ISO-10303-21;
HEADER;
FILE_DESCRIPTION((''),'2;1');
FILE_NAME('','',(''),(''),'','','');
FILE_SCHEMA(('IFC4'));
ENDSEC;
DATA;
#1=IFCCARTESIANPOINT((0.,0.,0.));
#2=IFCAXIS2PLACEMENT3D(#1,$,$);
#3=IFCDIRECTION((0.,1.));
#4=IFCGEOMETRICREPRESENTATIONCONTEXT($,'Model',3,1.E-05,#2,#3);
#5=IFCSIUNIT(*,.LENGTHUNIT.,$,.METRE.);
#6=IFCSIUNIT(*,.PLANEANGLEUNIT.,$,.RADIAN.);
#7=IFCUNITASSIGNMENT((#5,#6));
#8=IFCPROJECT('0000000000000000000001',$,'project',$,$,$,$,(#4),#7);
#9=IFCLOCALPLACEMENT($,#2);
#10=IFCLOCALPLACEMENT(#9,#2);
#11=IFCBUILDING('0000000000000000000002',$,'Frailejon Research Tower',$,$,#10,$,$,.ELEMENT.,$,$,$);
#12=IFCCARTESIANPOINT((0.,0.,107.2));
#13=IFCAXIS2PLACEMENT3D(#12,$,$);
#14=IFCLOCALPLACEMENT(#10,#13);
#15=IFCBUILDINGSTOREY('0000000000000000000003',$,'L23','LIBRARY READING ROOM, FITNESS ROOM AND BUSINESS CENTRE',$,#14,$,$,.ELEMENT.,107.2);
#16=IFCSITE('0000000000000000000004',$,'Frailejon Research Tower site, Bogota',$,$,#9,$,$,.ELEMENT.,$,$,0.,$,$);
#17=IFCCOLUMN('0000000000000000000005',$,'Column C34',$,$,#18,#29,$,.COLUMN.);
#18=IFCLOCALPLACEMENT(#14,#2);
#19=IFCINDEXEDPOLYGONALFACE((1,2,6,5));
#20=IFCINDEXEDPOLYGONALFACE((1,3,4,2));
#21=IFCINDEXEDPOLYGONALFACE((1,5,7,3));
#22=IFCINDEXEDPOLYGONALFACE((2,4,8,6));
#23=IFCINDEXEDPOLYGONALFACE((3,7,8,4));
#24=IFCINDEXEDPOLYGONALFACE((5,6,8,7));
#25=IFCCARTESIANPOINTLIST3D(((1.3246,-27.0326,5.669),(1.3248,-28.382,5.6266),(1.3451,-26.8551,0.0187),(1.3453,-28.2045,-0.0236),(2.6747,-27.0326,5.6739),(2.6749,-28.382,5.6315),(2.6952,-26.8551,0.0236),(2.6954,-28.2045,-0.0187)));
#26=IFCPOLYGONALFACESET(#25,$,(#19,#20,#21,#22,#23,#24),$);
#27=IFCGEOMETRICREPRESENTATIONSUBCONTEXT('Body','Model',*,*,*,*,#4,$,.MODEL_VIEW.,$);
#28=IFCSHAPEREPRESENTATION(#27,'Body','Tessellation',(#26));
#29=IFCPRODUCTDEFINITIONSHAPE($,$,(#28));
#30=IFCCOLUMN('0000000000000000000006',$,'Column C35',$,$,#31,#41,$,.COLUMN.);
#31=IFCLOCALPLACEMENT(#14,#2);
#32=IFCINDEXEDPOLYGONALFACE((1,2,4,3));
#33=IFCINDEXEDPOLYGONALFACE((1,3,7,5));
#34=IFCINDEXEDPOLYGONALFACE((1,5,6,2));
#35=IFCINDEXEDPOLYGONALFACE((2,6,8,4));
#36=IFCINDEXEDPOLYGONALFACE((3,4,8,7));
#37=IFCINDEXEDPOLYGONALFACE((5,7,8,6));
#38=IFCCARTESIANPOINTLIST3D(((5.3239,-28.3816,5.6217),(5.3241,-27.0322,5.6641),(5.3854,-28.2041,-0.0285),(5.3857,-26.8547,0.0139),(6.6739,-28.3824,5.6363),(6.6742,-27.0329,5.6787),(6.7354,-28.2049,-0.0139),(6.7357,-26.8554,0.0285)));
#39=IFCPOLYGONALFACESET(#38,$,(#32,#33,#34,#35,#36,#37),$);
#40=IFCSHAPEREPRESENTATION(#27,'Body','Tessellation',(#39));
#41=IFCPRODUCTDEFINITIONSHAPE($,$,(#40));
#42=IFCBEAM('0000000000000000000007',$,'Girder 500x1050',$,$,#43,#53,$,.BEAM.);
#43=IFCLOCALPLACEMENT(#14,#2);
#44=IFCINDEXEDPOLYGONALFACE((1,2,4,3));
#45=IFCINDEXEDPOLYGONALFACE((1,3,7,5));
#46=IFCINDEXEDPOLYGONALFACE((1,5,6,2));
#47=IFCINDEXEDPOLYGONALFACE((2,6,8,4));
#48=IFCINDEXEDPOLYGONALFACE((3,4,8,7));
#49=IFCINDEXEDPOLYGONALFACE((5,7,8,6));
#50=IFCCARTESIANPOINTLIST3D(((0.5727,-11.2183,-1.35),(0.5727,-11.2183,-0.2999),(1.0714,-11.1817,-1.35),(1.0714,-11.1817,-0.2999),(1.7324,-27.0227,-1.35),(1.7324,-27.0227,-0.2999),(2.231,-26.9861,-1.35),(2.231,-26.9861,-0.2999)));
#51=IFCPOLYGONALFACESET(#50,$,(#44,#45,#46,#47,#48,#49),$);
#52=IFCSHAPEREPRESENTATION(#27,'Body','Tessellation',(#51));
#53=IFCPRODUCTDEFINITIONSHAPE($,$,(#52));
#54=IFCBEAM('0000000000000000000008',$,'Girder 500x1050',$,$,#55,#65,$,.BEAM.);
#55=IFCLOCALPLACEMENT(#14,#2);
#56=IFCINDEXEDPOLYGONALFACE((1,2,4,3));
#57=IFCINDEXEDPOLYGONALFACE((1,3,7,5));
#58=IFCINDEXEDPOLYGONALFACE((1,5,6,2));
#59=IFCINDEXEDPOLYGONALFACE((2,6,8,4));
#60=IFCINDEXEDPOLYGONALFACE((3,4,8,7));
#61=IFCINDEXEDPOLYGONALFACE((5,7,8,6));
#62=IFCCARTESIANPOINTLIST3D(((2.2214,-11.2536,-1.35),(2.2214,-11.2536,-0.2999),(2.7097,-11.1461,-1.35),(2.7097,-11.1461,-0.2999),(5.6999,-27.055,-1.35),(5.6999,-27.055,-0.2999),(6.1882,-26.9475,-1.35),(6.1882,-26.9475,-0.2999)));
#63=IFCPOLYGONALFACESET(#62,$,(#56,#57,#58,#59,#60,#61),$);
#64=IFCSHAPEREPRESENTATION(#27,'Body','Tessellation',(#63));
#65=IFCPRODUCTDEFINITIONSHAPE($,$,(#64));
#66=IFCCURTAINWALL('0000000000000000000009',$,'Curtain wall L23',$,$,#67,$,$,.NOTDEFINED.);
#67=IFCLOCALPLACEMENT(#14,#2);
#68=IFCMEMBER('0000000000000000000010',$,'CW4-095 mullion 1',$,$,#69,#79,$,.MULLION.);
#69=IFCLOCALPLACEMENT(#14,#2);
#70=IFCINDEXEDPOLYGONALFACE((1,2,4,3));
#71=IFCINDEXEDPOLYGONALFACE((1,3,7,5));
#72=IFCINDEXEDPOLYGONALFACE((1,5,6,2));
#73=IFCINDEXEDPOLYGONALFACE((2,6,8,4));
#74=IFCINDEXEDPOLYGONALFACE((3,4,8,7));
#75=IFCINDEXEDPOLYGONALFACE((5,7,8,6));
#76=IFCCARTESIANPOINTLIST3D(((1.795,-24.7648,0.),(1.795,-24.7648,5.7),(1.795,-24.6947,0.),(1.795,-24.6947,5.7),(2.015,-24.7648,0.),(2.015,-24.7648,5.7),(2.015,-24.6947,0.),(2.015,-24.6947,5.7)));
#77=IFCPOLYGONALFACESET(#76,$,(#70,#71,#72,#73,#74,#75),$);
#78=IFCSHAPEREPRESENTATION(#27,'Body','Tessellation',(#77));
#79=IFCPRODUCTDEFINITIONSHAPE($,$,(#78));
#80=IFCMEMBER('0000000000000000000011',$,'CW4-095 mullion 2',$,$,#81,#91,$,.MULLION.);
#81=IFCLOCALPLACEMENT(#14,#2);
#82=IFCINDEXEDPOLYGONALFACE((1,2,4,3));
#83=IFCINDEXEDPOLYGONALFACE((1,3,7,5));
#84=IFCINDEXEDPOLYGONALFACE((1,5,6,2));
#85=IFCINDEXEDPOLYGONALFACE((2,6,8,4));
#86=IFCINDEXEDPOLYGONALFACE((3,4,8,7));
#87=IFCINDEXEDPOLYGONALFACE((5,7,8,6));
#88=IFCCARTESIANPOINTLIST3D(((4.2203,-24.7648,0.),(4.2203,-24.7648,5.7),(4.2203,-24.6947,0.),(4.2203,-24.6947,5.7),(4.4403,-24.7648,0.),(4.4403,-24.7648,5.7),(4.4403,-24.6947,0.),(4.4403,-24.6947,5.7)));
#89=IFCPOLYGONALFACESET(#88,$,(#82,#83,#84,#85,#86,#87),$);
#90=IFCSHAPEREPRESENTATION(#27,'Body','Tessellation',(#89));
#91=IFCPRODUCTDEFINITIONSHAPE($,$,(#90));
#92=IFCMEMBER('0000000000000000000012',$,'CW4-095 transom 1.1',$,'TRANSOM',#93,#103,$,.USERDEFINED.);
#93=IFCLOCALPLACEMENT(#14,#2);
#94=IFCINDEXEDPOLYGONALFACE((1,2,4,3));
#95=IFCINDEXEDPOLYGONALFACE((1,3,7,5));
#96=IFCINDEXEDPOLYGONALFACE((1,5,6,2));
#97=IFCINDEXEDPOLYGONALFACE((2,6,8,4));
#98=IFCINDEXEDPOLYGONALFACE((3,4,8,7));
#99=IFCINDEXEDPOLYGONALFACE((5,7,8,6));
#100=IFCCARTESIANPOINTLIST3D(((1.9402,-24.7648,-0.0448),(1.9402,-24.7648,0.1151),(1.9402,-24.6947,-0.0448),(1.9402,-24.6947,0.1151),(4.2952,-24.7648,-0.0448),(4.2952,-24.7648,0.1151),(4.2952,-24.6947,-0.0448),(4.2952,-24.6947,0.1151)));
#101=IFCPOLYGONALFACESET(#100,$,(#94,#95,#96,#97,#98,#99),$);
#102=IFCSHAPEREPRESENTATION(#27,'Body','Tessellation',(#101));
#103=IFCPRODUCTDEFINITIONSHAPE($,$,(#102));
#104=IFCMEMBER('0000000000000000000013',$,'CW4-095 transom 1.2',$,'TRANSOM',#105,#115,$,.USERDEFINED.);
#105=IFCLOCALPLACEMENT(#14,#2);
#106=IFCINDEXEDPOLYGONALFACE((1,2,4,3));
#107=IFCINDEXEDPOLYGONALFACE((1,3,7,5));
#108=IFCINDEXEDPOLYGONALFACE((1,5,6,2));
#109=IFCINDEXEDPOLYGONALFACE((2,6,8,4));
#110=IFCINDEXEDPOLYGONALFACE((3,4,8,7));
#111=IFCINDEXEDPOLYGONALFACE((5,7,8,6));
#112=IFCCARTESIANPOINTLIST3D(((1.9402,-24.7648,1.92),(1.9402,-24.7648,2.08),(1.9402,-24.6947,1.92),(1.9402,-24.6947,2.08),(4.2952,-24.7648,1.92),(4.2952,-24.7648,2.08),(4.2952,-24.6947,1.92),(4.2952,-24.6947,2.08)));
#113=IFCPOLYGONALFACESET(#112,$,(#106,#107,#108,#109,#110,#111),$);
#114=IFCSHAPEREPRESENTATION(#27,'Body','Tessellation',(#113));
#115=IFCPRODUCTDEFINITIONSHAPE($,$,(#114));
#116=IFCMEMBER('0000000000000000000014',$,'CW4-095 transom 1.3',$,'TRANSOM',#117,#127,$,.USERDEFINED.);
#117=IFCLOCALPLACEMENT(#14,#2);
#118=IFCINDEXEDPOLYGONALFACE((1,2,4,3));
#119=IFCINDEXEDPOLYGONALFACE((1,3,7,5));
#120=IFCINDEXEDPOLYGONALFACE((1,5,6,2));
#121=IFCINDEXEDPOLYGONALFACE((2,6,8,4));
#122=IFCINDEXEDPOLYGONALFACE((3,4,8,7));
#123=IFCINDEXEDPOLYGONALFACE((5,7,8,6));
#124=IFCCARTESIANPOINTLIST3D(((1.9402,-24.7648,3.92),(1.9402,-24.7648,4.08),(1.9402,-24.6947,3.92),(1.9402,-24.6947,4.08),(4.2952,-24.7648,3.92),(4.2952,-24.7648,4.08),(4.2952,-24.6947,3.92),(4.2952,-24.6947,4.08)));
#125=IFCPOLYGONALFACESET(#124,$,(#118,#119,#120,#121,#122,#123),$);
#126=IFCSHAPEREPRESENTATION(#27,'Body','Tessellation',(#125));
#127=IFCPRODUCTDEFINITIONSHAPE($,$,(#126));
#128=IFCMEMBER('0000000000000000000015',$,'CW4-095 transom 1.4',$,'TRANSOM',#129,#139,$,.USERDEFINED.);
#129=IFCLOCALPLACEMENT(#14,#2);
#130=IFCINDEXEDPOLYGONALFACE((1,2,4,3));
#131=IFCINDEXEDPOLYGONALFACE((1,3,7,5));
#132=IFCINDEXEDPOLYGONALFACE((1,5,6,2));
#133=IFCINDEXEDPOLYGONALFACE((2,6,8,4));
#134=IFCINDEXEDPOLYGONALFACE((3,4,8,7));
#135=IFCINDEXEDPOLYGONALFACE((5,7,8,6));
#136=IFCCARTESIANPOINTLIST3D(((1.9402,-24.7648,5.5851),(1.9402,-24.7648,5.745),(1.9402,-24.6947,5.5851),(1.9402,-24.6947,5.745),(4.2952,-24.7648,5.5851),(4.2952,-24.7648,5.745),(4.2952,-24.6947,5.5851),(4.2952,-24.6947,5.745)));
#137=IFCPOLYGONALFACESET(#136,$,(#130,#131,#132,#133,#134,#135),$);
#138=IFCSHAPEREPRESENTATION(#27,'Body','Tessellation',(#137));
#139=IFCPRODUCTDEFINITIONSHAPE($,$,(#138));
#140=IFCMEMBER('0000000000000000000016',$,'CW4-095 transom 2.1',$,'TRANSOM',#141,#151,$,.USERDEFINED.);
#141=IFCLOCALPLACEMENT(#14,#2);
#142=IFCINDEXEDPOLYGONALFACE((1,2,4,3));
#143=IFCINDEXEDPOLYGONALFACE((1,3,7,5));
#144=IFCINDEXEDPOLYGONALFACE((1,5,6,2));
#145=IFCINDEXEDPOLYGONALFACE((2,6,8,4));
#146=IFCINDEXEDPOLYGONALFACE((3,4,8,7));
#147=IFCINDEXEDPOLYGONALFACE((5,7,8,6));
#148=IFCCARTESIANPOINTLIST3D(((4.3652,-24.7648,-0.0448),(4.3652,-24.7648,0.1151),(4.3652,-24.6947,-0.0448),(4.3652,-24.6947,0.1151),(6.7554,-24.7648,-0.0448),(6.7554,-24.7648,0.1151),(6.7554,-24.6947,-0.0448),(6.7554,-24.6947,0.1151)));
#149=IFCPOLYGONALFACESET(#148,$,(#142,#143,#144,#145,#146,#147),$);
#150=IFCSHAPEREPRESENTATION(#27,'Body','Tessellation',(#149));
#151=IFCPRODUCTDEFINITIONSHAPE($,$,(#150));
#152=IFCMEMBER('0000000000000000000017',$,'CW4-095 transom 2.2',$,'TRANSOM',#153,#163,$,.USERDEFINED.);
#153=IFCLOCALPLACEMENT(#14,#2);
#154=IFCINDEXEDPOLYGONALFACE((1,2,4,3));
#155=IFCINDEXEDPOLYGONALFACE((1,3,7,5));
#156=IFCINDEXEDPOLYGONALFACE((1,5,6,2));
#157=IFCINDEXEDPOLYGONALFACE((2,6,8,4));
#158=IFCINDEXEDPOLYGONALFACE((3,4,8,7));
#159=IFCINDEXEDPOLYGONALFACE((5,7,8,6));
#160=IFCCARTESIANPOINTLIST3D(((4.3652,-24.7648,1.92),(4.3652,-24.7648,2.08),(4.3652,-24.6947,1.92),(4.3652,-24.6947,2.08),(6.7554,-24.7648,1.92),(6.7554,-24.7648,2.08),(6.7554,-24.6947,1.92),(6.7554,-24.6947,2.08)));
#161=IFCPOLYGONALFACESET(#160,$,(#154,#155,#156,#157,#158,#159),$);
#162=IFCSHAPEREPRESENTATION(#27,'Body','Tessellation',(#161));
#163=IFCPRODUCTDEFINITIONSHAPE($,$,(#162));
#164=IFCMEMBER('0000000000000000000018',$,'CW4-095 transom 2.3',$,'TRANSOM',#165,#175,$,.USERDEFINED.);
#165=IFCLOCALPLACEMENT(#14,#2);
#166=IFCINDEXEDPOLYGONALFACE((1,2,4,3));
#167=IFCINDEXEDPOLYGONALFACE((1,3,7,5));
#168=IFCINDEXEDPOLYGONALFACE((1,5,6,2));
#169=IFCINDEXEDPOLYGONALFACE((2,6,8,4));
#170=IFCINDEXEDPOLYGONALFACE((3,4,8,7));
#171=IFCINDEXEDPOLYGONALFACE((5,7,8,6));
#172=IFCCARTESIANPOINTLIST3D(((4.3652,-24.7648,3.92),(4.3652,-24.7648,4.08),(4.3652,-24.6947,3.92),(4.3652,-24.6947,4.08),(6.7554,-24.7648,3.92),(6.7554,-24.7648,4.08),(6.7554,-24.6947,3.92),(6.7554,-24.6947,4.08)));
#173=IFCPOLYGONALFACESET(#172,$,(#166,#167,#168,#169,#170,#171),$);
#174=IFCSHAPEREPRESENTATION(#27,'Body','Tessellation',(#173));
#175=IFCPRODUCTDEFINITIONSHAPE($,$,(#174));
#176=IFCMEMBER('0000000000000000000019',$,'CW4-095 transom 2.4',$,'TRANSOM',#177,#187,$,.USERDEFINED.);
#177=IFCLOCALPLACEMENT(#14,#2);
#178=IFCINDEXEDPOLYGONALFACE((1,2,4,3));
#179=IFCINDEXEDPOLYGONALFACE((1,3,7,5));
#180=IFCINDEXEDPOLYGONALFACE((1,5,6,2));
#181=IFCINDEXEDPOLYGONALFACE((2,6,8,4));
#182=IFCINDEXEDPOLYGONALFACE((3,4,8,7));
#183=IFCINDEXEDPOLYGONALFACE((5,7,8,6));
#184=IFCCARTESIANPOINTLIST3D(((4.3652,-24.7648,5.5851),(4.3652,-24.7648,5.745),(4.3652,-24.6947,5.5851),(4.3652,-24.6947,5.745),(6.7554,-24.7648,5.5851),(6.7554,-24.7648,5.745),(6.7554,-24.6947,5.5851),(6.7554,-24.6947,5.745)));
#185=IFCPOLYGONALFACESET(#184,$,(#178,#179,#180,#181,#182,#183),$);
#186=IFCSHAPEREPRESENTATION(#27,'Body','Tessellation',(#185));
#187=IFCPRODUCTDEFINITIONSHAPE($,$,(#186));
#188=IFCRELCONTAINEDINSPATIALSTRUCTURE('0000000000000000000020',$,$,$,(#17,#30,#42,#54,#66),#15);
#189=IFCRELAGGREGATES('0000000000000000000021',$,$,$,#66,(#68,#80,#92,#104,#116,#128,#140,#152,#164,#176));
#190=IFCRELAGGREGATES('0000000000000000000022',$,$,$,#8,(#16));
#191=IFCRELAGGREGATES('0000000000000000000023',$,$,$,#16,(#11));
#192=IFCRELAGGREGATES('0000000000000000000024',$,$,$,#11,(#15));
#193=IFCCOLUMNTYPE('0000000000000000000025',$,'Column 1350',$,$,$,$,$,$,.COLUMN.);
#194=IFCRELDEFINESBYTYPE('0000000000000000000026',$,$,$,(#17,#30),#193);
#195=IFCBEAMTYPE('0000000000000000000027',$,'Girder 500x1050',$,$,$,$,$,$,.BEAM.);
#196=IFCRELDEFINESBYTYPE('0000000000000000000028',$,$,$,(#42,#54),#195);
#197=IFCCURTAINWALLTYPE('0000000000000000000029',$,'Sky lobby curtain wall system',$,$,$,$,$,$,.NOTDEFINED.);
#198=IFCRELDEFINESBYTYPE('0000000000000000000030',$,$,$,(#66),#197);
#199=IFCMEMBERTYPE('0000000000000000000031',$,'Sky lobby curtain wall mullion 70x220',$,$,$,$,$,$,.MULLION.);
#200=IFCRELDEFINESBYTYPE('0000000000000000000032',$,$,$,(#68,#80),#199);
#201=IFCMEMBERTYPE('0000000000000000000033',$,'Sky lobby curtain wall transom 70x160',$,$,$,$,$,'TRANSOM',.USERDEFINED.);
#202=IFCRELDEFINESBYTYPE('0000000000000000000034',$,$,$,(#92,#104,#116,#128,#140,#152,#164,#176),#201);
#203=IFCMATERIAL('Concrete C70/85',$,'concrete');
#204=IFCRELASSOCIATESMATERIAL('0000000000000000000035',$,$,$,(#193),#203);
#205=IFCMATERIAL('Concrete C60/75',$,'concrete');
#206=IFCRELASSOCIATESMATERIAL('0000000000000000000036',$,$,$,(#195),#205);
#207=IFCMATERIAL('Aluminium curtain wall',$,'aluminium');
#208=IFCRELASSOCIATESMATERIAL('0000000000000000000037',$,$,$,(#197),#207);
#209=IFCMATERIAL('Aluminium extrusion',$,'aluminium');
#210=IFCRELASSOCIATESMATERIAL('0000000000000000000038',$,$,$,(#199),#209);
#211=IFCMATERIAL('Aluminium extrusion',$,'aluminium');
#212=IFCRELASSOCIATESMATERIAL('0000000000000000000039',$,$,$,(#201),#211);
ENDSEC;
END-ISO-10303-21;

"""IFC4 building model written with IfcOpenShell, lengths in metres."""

from ifc_helpers import new_model, si_unit, direction, frame, origin, origin_2d, place, context, subcontext, project, spatial, rectangle, extrude, material, material_profile, profile_set, type_object, element, aggregate, save


model = new_model("IFC4")

# Units and contexts
model_context = context("Model", 3, precision=1e-05, world=origin(), true_north=direction((0.0, 1.0)))
body_context = subcontext(model_context, "Body", "Model", "MODEL_VIEW")
ifc_project = project(units=[si_unit("LENGTHUNIT", "METRE"), si_unit("PLANEANGLEUNIT", "RADIAN")], contexts=[model_context])

# Site, building, storey
site_placement = place(None, origin())
site = spatial("IfcSite", under=ifc_project, at=site_placement, Name="Frailejon Research Tower site, Bogota", CompositionType="ELEMENT", RefElevation=0.0)
building_placement = place(site_placement, origin())
building = spatial("IfcBuilding", under=site, at=building_placement, Name="Frailejon Research Tower", CompositionType="ELEMENT")
storey_placement = place(building_placement, frame((0.0, 0.0, 107.2)))
storey = spatial("IfcBuildingStorey", under=building, at=storey_placement, Name="L23", Description="LIBRARY READING ROOM, FITNESS ROOM AND BUSINESS CENTRE", CompositionType="ELEMENT", Elevation=107.2)

# Columns
ifc_material_1 = material(Name="Concrete C70/85", Category="concrete")
ifc_material_profile_1 = material_profile(ifc_material_1, rectangle(XDim=1.3501, YDim=1.3501, at=origin_2d()), Name="Column 1350")
ifc_profile_set_1 = profile_set([ifc_material_profile_1], Name="Concrete C70/85")
column_type = type_object("IfcColumnType", Name="Column 1350", PredefinedType="COLUMN", material=ifc_profile_set_1)
column_1_placement = place(storey_placement, frame((2.0203, -27.5298, 0.0), z_axis=(-0.003628, -0.031398, 0.9995), x_axis=(0.999993, -0.000008, 0.003629)))
element("IfcColumn", 1, at=column_1_placement, inside=storey, type_object=column_type, Name="Column C34", PredefinedType="COLUMN", context=body_context, shape_type="SweptSolid", body=[
    extrude(rectangle(XDim=1.3501, YDim=1.3501, at=origin_2d()), origin(), (0.0, 0.0, 1.0), 5.6531),
])
column_2_placement = place(storey_placement, frame((6.0605, -27.5298, 0.0), z_axis=(-0.010883, -0.031396, 0.999448), x_axis=(0.999941, -0.000529, 0.010872)))
element("IfcColumn", 2, at=column_2_placement, inside=storey, type_object=column_type, Name="Column C35", PredefinedType="COLUMN", context=body_context, shape_type="SweptSolid", body=[
    extrude(rectangle(XDim=1.3501, YDim=1.3501, at=origin_2d()), origin(), (0.0, 0.0, 1.0), 5.6533),
])

# Beams
ifc_material_2 = material(Name="Concrete C60/75", Category="concrete")
ifc_material_profile_2 = material_profile(ifc_material_2, rectangle(XDim=0.5, YDim=1.05, at=origin_2d()), Name="Girder 500x1050")
ifc_profile_set_2 = profile_set([ifc_material_profile_2], Name="Concrete C60/75")
beam_type_1 = type_object("IfcBeamType", Name="Girder 500x1050", PredefinedType="BEAM", material=ifc_profile_set_2)
beam_1_placement = place(storey_placement, frame((1.9817, -27.0044, -0.825), z_axis=(-0.073179, 0.997319, 0.0), x_axis=(-0.997319, -0.073179, 0.0)))
element("IfcBeam", 3, at=beam_1_placement, inside=storey, type_object=beam_type_1, Name="Girder 500x1050", PredefinedType="BEAM", context=body_context, shape_type="SweptSolid", body=[
    extrude(rectangle(XDim=0.5, YDim=1.05, at=origin_2d()), origin(), (0.0, 0.0, 1.0), 15.8469),
])
beam_2_placement = place(storey_placement, frame((5.9441, -27.0012, -0.825), z_axis=(-0.214994, 0.976615, 0.0), x_axis=(-0.976615, -0.214994, 0.0)))
element("IfcBeam", 4, at=beam_2_placement, inside=storey, type_object=beam_type_1, Name="Girder 500x1050", PredefinedType="BEAM", context=body_context, shape_type="SweptSolid", body=[
    extrude(rectangle(XDim=0.5, YDim=1.05, at=origin_2d()), origin(), (0.0, 0.0, 1.0), 16.1797),
])

# Curtain wall, members
ifc_material_3 = material(Name="Aluminium curtain wall", Category="aluminium")
curtain_wall_type = type_object("IfcCurtainWallType", Name="Sky lobby curtain wall system", PredefinedType="NOTDEFINED", material=ifc_material_3)
curtain_wall_placement = place(storey_placement, origin())
curtain_wall = element("IfcCurtainWall", 5, at=curtain_wall_placement, inside=storey, type_object=curtain_wall_type, Name="Curtain wall L23", PredefinedType="NOTDEFINED")
ifc_material_4 = material(Name="Aluminium extrusion", Category="aluminium")
ifc_material_profile_3 = material_profile(ifc_material_4, rectangle(XDim=0.0701, YDim=0.22, at=origin_2d()), Name="Sky lobby curtain wall mullion 70x220")
ifc_profile_set_3 = profile_set([ifc_material_profile_3], Name="Aluminium extrusion")
member_type_1 = type_object("IfcMemberType", Name="Sky lobby curtain wall mullion 70x220", PredefinedType="MULLION", material=ifc_profile_set_3)
member_1_placement = place(storey_placement, frame((1.905, -24.7297, 0.0), z_axis=(0.0, 0.0, 1.0), x_axis=(0.0, 1.0, 0.0)))
member_1 = element("IfcMember", 6, at=member_1_placement, type_object=member_type_1, Name="CW4-095 mullion 1", PredefinedType="MULLION", context=body_context, shape_type="SweptSolid", body=[
    extrude(rectangle(XDim=0.0701, YDim=0.22, at=origin_2d()), origin(), (0.0, 0.0, 1.0), 5.7),
])
member_2_placement = place(storey_placement, frame((4.3303, -24.7297, 0.0), z_axis=(0.0, 0.0, 1.0), x_axis=(0.0, 1.0, 0.0)))
member_2 = element("IfcMember", 7, at=member_2_placement, type_object=member_type_1, Name="CW4-095 mullion 2", PredefinedType="MULLION", context=body_context, shape_type="SweptSolid", body=[
    extrude(rectangle(XDim=0.0701, YDim=0.22, at=origin_2d()), origin(), (0.0, 0.0, 1.0), 5.7),
])
ifc_material_5 = material(Name="Aluminium extrusion", Category="aluminium")
ifc_material_profile_4 = material_profile(ifc_material_5, rectangle(XDim=0.0701, YDim=0.1599, at=origin_2d()), Name="Sky lobby curtain wall transom 70x160")
ifc_profile_set_4 = profile_set([ifc_material_profile_4], Name="Aluminium extrusion")
member_type_2 = type_object("IfcMemberType", Name="Sky lobby curtain wall transom 70x160", ElementType="TRANSOM", PredefinedType="USERDEFINED", material=ifc_profile_set_4)
member_3_placement = place(storey_placement, frame((1.9402, -24.7297, 0.0352), z_axis=(1.0, 0.0, 0.0), x_axis=(0.0, 1.0, 0.0)))
member_3 = element("IfcMember", 8, at=member_3_placement, type_object=member_type_2, Name="CW4-095 transom 1.1", ObjectType="TRANSOM", PredefinedType="USERDEFINED", context=body_context, shape_type="SweptSolid", body=[
    extrude(rectangle(XDim=0.0701, YDim=0.1599, at=origin_2d()), origin(), (0.0, 0.0, 1.0), 2.355),
])
member_4_placement = place(storey_placement, frame((1.9402, -24.7297, 2.0), z_axis=(1.0, 0.0, 0.0), x_axis=(0.0, 1.0, 0.0)))
member_4 = element("IfcMember", 9, at=member_4_placement, type_object=member_type_2, Name="CW4-095 transom 1.2", ObjectType="TRANSOM", PredefinedType="USERDEFINED", context=body_context, shape_type="SweptSolid", body=[
    extrude(rectangle(XDim=0.0701, YDim=0.1599, at=origin_2d()), origin(), (0.0, 0.0, 1.0), 2.355),
])
member_5_placement = place(storey_placement, frame((1.9402, -24.7297, 4.0), z_axis=(1.0, 0.0, 0.0), x_axis=(0.0, 1.0, 0.0)))
member_5 = element("IfcMember", 10, at=member_5_placement, type_object=member_type_2, Name="CW4-095 transom 1.3", ObjectType="TRANSOM", PredefinedType="USERDEFINED", context=body_context, shape_type="SweptSolid", body=[
    extrude(rectangle(XDim=0.0701, YDim=0.1599, at=origin_2d()), origin(), (0.0, 0.0, 1.0), 2.355),
])
member_6_placement = place(storey_placement, frame((1.9402, -24.7297, 5.665), z_axis=(1.0, 0.0, 0.0), x_axis=(0.0, 1.0, 0.0)))
member_6 = element("IfcMember", 11, at=member_6_placement, type_object=member_type_2, Name="CW4-095 transom 1.4", ObjectType="TRANSOM", PredefinedType="USERDEFINED", context=body_context, shape_type="SweptSolid", body=[
    extrude(rectangle(XDim=0.0701, YDim=0.1599, at=origin_2d()), origin(), (0.0, 0.0, 1.0), 2.355),
])
member_7_placement = place(storey_placement, frame((4.3652, -24.7297, 0.0352), z_axis=(1.0, 0.0, 0.0), x_axis=(0.0, 1.0, 0.0)))
member_7 = element("IfcMember", 12, at=member_7_placement, type_object=member_type_2, Name="CW4-095 transom 2.1", ObjectType="TRANSOM", PredefinedType="USERDEFINED", context=body_context, shape_type="SweptSolid", body=[
    extrude(rectangle(XDim=0.0701, YDim=0.1599, at=origin_2d()), origin(), (0.0, 0.0, 1.0), 2.3901),
])
member_8_placement = place(storey_placement, frame((4.3652, -24.7297, 2.0), z_axis=(1.0, 0.0, 0.0), x_axis=(0.0, 1.0, 0.0)))
member_8 = element("IfcMember", 13, at=member_8_placement, type_object=member_type_2, Name="CW4-095 transom 2.2", ObjectType="TRANSOM", PredefinedType="USERDEFINED", context=body_context, shape_type="SweptSolid", body=[
    extrude(rectangle(XDim=0.0701, YDim=0.1599, at=origin_2d()), origin(), (0.0, 0.0, 1.0), 2.3901),
])
member_9_placement = place(storey_placement, frame((4.3652, -24.7297, 4.0), z_axis=(1.0, 0.0, 0.0), x_axis=(0.0, 1.0, 0.0)))
member_9 = element("IfcMember", 14, at=member_9_placement, type_object=member_type_2, Name="CW4-095 transom 2.3", ObjectType="TRANSOM", PredefinedType="USERDEFINED", context=body_context, shape_type="SweptSolid", body=[
    extrude(rectangle(XDim=0.0701, YDim=0.1599, at=origin_2d()), origin(), (0.0, 0.0, 1.0), 2.3901),
])
member_10_placement = place(storey_placement, frame((4.3652, -24.7297, 5.665), z_axis=(1.0, 0.0, 0.0), x_axis=(0.0, 1.0, 0.0)))
member_10 = element("IfcMember", 15, at=member_10_placement, type_object=member_type_2, Name="CW4-095 transom 2.4", ObjectType="TRANSOM", PredefinedType="USERDEFINED", context=body_context, shape_type="SweptSolid", body=[
    extrude(rectangle(XDim=0.0701, YDim=0.1599, at=origin_2d()), origin(), (0.0, 0.0, 1.0), 2.3901),
])

aggregate(curtain_wall, [member_1, member_2, member_3, member_4, member_5, member_6, member_7, member_8, member_9, member_10])

save(model, "model.ifc")
